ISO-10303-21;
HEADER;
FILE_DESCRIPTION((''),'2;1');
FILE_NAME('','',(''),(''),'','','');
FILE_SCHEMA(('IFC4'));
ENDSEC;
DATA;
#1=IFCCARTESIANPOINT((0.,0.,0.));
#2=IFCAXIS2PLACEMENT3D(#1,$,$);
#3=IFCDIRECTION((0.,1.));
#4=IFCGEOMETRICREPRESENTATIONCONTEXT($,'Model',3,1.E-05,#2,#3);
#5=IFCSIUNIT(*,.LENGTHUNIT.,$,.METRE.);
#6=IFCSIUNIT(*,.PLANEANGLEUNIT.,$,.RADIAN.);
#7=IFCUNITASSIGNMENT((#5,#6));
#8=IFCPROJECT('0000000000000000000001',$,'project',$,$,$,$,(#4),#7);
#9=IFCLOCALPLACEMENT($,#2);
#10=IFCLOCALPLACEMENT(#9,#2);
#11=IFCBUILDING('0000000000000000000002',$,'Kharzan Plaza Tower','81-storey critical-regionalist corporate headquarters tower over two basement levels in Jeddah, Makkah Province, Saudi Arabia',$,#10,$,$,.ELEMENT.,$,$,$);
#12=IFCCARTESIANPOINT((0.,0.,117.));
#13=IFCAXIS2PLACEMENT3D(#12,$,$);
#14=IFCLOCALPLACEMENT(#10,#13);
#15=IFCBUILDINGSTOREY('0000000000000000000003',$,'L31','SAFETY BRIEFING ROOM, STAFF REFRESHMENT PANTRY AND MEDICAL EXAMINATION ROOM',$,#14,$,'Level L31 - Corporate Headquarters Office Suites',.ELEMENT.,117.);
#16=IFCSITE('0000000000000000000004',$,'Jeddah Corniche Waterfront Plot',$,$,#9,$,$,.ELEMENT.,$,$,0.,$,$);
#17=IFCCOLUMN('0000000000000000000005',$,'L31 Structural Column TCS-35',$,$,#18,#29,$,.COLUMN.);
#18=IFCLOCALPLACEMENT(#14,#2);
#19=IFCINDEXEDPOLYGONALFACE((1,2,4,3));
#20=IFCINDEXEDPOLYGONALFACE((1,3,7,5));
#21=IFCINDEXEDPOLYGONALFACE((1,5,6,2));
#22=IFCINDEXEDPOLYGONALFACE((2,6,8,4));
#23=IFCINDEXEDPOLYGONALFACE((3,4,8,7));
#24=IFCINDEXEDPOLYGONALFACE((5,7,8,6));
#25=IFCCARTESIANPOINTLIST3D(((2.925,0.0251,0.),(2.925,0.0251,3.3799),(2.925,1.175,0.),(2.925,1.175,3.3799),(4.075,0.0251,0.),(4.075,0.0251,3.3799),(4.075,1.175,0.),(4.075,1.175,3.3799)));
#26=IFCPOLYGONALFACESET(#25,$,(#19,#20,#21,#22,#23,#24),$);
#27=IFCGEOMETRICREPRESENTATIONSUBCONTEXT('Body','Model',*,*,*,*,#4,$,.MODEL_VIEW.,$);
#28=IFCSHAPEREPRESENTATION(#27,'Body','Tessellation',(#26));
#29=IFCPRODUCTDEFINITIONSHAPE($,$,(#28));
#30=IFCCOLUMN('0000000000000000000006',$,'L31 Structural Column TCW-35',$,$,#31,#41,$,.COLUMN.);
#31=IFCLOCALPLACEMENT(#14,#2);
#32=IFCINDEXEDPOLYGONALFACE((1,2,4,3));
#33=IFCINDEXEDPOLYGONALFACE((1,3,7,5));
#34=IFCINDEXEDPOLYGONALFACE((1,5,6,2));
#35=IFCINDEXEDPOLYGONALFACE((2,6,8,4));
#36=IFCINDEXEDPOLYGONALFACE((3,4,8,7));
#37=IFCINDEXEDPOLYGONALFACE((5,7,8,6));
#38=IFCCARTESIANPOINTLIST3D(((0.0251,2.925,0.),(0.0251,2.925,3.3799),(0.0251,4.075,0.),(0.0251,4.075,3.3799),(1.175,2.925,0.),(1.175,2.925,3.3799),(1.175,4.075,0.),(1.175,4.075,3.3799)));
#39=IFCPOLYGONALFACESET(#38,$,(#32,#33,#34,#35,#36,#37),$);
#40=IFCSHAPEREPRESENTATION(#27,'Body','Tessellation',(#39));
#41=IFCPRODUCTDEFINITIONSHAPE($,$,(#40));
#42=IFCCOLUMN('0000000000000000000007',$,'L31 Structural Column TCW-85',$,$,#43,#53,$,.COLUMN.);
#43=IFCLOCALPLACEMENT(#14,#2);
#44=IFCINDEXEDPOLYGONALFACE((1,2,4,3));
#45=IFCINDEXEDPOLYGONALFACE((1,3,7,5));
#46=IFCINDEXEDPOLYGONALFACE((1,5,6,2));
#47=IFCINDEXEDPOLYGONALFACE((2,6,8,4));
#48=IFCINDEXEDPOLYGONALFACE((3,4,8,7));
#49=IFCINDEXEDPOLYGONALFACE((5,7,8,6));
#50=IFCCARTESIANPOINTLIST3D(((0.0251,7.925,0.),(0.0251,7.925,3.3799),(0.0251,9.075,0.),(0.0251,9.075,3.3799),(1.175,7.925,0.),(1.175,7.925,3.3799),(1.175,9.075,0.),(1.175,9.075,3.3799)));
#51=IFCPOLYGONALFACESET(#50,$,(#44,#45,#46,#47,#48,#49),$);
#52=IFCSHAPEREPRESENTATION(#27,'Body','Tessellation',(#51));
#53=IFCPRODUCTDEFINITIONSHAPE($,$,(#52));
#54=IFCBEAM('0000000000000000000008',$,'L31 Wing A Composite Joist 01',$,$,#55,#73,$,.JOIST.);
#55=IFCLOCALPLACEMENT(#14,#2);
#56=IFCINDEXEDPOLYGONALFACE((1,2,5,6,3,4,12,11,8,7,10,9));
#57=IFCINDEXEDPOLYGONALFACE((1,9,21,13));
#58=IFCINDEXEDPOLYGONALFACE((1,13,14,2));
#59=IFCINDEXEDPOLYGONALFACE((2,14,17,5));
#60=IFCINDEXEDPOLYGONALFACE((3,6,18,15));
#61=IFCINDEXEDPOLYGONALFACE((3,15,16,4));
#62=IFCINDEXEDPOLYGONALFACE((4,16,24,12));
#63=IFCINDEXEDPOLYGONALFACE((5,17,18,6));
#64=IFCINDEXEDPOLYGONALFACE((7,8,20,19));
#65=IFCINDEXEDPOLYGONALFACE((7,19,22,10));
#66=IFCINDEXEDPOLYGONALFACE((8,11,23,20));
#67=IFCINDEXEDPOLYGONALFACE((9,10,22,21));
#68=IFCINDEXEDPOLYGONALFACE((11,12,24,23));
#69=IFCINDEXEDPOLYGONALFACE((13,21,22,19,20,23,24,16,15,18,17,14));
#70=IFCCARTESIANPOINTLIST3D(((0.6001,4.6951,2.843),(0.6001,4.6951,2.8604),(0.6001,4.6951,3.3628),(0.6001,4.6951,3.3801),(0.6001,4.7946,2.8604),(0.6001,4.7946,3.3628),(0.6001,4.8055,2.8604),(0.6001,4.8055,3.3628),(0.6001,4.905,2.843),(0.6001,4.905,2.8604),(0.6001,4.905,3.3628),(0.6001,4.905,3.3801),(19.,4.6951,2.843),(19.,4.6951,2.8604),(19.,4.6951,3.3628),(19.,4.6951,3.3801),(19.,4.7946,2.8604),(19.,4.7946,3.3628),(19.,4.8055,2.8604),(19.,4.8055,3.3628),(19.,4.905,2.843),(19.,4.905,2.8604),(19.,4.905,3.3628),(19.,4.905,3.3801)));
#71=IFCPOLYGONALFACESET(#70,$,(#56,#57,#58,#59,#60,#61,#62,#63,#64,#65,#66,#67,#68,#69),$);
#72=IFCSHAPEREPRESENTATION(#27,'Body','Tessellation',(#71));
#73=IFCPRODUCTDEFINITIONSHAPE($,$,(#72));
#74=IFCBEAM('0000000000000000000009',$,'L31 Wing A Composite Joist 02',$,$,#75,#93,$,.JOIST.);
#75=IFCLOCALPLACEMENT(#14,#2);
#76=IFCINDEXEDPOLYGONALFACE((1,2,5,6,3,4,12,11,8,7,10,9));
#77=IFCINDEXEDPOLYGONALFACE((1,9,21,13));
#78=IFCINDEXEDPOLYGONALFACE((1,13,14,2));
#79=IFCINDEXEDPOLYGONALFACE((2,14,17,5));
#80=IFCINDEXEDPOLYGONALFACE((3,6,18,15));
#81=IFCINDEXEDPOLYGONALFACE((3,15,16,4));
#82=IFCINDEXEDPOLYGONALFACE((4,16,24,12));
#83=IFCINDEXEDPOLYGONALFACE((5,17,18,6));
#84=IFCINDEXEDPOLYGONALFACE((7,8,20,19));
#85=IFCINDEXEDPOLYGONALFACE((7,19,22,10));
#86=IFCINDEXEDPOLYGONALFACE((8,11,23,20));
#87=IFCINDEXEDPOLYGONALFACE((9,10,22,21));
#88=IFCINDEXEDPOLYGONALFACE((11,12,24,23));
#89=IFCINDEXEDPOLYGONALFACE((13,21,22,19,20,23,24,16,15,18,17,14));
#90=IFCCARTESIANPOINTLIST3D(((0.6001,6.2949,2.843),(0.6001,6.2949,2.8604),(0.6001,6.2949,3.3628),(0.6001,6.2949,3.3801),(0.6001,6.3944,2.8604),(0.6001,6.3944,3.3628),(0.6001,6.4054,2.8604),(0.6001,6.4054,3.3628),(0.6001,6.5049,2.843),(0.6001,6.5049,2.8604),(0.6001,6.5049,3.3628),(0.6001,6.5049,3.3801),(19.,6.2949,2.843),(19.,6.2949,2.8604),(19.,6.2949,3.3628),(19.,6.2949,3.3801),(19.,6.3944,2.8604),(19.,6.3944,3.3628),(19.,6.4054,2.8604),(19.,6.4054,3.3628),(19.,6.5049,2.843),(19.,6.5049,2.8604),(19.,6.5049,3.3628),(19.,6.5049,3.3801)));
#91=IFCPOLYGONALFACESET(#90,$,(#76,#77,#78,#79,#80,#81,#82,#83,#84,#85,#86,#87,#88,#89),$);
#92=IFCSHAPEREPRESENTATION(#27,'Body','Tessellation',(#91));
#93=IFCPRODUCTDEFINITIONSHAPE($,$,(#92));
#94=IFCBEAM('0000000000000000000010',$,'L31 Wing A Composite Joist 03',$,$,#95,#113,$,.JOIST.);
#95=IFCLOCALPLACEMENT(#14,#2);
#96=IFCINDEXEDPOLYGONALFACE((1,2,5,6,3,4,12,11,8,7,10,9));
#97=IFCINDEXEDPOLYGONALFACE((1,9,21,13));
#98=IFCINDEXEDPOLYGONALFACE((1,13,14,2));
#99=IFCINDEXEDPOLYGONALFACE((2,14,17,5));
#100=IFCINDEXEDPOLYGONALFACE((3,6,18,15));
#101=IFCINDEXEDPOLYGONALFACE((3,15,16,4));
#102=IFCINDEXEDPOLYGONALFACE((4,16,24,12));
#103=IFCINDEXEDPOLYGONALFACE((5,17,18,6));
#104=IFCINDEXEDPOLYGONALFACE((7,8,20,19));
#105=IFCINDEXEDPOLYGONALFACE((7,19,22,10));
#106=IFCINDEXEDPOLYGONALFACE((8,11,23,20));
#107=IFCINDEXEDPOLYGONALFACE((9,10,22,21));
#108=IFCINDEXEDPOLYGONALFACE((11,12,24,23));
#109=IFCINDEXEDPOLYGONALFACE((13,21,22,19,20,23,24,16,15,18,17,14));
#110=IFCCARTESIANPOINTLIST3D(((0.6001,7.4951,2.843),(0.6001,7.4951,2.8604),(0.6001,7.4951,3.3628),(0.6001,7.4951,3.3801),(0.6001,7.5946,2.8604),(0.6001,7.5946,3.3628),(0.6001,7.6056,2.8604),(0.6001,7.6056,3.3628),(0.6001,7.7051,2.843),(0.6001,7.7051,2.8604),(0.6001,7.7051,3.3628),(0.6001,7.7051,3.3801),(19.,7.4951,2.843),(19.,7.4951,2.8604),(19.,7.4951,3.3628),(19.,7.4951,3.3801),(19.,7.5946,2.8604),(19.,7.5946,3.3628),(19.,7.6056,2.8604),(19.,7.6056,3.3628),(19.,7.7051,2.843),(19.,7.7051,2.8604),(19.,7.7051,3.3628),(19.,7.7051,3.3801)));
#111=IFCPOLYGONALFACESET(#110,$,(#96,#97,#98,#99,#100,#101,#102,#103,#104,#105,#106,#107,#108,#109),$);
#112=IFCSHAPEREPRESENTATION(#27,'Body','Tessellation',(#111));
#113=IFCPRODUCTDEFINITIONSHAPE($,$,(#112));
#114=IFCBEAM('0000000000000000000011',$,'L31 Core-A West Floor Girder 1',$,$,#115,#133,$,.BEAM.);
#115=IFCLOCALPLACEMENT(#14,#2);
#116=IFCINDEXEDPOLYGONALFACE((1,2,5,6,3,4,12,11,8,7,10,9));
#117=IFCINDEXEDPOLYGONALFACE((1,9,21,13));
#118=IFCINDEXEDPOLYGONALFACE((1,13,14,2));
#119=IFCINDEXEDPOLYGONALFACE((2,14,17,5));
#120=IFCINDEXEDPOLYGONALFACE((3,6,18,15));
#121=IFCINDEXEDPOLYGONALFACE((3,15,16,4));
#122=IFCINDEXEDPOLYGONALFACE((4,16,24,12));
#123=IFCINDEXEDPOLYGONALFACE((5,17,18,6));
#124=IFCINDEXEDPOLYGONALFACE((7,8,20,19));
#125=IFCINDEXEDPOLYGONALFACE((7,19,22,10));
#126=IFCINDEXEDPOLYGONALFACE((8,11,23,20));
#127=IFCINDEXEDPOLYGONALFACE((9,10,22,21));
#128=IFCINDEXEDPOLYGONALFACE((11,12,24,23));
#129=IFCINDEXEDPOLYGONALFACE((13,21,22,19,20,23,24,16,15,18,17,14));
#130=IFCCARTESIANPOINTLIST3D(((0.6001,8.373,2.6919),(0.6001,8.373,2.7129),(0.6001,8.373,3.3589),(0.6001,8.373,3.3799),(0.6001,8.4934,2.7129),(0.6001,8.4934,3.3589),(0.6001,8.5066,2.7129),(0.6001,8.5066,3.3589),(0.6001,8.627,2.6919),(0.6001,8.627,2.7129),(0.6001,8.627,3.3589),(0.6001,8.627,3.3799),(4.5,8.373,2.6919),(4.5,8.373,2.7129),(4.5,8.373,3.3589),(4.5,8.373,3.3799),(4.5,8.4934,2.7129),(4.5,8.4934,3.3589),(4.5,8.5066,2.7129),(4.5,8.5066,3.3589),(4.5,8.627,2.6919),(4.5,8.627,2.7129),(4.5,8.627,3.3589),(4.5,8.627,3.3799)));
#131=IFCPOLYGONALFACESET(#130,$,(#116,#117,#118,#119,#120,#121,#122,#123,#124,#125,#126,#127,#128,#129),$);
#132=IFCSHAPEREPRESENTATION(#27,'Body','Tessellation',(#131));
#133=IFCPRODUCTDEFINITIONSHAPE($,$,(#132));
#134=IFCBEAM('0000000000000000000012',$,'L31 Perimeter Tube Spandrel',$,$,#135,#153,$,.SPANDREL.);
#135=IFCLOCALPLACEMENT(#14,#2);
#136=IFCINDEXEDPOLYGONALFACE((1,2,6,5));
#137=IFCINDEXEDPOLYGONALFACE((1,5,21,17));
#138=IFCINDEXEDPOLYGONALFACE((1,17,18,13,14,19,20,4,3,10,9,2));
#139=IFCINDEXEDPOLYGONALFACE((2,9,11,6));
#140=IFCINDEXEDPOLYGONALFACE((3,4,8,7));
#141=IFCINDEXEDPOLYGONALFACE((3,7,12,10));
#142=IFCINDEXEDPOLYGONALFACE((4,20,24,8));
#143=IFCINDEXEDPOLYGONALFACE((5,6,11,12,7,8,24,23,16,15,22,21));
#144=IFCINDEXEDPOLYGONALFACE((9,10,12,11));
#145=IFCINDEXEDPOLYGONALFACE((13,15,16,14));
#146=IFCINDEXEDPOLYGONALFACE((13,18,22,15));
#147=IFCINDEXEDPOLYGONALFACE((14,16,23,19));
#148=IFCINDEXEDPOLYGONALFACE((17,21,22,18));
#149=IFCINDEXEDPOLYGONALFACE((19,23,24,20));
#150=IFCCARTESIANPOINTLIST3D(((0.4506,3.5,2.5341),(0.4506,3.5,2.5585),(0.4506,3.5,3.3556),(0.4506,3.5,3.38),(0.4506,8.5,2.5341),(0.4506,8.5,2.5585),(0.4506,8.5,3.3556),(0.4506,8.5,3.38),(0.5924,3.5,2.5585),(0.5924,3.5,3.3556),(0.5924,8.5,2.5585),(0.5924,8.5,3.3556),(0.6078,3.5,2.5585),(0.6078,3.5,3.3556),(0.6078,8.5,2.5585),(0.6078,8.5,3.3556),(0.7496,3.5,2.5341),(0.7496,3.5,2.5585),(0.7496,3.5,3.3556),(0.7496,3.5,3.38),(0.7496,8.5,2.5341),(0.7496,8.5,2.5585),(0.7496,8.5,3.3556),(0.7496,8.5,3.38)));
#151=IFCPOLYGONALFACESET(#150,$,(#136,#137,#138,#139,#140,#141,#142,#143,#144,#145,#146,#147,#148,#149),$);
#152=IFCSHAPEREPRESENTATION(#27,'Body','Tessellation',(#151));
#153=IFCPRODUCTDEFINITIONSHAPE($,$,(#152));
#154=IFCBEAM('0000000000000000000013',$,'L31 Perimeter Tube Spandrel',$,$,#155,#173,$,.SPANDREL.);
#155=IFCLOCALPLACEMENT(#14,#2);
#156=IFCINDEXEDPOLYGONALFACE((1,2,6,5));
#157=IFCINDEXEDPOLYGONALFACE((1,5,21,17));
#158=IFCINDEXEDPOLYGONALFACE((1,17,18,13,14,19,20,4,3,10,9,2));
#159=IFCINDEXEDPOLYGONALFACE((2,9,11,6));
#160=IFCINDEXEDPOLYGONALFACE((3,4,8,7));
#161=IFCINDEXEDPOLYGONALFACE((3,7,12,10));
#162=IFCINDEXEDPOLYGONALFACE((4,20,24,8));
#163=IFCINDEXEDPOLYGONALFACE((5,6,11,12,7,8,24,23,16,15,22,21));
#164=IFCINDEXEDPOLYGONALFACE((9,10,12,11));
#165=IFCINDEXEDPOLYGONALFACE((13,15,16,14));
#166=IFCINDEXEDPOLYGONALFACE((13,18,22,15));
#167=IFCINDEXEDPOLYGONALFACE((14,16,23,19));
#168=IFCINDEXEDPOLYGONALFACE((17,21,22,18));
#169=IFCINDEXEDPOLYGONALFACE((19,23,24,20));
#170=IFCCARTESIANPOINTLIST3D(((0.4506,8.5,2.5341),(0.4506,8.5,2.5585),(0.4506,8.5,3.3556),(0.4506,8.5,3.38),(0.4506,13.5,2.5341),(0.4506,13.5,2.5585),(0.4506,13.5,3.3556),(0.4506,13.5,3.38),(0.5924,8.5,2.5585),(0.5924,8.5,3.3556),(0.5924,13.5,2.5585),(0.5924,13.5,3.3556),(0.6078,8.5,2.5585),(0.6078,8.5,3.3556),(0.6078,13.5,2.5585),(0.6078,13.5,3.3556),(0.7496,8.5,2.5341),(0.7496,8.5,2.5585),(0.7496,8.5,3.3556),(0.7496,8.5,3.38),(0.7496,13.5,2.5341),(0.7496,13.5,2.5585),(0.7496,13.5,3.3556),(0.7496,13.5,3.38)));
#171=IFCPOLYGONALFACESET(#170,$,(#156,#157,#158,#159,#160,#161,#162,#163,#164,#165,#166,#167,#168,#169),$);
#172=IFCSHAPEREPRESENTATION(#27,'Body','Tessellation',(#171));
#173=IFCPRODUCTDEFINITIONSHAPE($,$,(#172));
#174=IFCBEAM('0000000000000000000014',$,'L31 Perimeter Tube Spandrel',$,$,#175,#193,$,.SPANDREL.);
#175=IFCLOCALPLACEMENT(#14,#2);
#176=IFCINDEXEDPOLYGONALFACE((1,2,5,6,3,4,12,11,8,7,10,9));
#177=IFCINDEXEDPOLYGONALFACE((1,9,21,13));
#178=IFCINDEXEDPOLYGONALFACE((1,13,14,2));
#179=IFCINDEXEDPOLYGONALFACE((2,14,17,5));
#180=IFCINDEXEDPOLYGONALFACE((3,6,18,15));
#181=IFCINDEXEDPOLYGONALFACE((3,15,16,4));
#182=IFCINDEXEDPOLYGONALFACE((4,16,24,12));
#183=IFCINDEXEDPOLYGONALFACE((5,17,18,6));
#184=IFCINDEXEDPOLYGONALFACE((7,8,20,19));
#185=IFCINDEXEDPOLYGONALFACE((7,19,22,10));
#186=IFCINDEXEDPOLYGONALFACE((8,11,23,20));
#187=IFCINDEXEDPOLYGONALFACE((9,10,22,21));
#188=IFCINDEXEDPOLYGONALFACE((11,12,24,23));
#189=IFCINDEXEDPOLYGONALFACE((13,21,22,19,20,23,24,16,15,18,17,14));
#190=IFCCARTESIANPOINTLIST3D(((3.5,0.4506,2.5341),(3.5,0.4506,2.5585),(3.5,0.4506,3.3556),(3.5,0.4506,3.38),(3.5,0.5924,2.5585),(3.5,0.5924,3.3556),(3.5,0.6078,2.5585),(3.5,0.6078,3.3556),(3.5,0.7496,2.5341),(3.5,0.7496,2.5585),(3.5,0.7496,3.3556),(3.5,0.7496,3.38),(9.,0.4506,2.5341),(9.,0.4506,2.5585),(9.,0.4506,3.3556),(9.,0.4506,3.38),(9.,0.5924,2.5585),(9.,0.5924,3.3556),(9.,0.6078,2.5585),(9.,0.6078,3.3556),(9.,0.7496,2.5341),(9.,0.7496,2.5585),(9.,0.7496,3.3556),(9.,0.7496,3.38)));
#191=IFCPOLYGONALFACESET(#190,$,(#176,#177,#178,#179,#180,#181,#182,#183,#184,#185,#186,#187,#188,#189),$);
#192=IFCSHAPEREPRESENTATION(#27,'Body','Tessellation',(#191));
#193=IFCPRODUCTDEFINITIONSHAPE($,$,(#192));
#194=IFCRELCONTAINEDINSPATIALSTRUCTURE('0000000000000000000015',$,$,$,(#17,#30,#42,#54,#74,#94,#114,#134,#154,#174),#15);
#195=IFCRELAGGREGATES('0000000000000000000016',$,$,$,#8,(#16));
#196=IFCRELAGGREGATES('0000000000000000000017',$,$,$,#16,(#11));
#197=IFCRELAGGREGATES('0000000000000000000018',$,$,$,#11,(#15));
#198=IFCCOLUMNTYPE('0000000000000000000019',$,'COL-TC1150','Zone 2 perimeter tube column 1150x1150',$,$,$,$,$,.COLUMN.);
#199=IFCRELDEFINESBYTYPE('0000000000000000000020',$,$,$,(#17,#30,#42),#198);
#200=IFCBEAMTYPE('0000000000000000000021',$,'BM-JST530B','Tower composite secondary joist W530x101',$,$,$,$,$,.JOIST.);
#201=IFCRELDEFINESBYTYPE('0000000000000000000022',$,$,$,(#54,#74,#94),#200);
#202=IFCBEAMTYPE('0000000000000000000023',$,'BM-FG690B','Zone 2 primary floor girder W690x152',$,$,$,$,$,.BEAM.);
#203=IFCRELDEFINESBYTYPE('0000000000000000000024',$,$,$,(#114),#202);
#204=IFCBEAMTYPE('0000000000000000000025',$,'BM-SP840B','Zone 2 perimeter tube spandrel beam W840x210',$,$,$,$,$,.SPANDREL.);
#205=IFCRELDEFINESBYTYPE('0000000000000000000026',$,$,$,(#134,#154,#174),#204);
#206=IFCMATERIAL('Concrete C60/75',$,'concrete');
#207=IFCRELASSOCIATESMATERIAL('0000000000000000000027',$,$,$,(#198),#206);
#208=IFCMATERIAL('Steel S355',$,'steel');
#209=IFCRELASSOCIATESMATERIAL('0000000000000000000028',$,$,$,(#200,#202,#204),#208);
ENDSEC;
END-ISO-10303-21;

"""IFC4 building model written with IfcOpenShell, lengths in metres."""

from ifc_helpers import new_model, si_unit, direction, frame, origin, origin_2d, place, context, subcontext, project, spatial, rectangle, i_section, extrude, source, transform, mapped, material, material_profile, profile_set, type_object, element, save


model = new_model("IFC4")

# Units and contexts
model_context = context("Model", 3, precision=1e-05, world=origin(), true_north=direction((0.0, 1.0)))
body_context = subcontext(model_context, "Body", "Model", "MODEL_VIEW")
ifc_project = project(units=[si_unit("LENGTHUNIT", "METRE"), si_unit("PLANEANGLEUNIT", "RADIAN")], contexts=[model_context])

# Site, building, storey
site_placement = place(None, origin())
site = spatial("IfcSite", under=ifc_project, at=site_placement, Name="Jeddah Corniche Waterfront Plot", CompositionType="ELEMENT", RefElevation=0.0)
building_placement = place(site_placement, origin())
building = spatial("IfcBuilding", under=site, at=building_placement, Name="Kharzan Plaza Tower", Description="81-storey critical-regionalist corporate headquarters tower over two basement levels in Jeddah, Makkah Province, Saudi Arabia", CompositionType="ELEMENT")
storey_placement = place(building_placement, frame((0.0, 0.0, 117.0)))
storey = spatial("IfcBuildingStorey", under=building, at=storey_placement, Name="L31", Description="SAFETY BRIEFING ROOM, STAFF REFRESHMENT PANTRY AND MEDICAL EXAMINATION ROOM", LongName="Level L31 - Corporate Headquarters Office Suites", CompositionType="ELEMENT", Elevation=117.0)

# Columns
ifc_material_1 = material(Name="Concrete C60/75", Category="concrete")
ifc_material_profile_1 = material_profile(ifc_material_1, rectangle(XDim=1.1499, YDim=1.1499, at=origin_2d()), Name="RC-TC1150x1150")
ifc_profile_set_1 = profile_set([ifc_material_profile_1], Name="Concrete C60/75")
column_type = type_object("IfcColumnType", Name="COL-TC1150", Description="Zone 2 perimeter tube column 1150x1150", PredefinedType="COLUMN", material=ifc_profile_set_1)
shared_shape_1 = source(origin(), body_context, "Body", "SweptSolid", [
    extrude(rectangle(XDim=1.1499, YDim=1.1499, at=origin_2d()), origin(), (0.0, 0.0, 1.0), 3.3799),
])
for number, where, z_axis, x_axis, name in (
    (1, (3.5, 0.6001, 0.0), (0.0, 0.0, 1.0), (1.0, 0.0, 0.0), "L31 Structural Column TCS-35"),
    (2, (0.6001, 3.5, 0.0), (0.0, 0.0, 1.0), (1.0, 0.0, 0.0), "L31 Structural Column TCW-35"),
    (3, (0.6001, 8.5, 0.0), (0.0, 0.0, 1.0), (1.0, 0.0, 0.0), "L31 Structural Column TCW-85"),
):
    element("IfcColumn", number, at=place(storey_placement, frame(where, z_axis=z_axis, x_axis=x_axis)), inside=storey, type_object=column_type, Name=name, PredefinedType="COLUMN", context=body_context, shape_type="MappedRepresentation", body=[
        mapped(shared_shape_1, transform((0.0, 0.0, 0.0), x_axis=(1.0, 0.0, 0.0), y_axis=(0.0, 1.0, 0.0), z_axis=(0.0, 0.0, 1.0))),
    ])

# Beams
ifc_material_2 = material(Name="Steel S355", Category="steel")
ifc_material_profile_2 = material_profile(ifc_material_2, i_section(OverallWidth=0.21, OverallDepth=0.5371, WebThickness=0.011, FlangeThickness=0.0173, at=origin_2d()), Name="W530x101")
ifc_profile_set_2 = profile_set([ifc_material_profile_2], Name="Steel S355")
beam_type_1 = type_object("IfcBeamType", Name="BM-JST530B", Description="Tower composite secondary joist W530x101", PredefinedType="JOIST", material=ifc_profile_set_2)
shared_shape_2 = source(origin(), body_context, "Body", "SweptSolid", [
    extrude(i_section(OverallWidth=0.21, OverallDepth=0.5371, WebThickness=0.011, FlangeThickness=0.0173, at=origin_2d()), origin(), (0.0, 0.0, 1.0), 18.3999),
])
for number, where, z_axis, x_axis, name in (
    (4, (0.6001, 4.8, 3.1116), (1.0, 0.0, 0.0), (0.0, 1.0, 0.0), "L31 Wing A Composite Joist 01"),
    (5, (0.6001, 6.3999, 3.1116), (1.0, 0.0, 0.0), (0.0, 1.0, 0.0), "L31 Wing A Composite Joist 02"),
    (6, (0.6001, 7.6001, 3.1116), (1.0, 0.0, 0.0), (0.0, 1.0, 0.0), "L31 Wing A Composite Joist 03"),
):
    element("IfcBeam", number, at=place(storey_placement, frame(where, z_axis=z_axis, x_axis=x_axis)), inside=storey, type_object=beam_type_1, Name=name, PredefinedType="JOIST", context=body_context, shape_type="MappedRepresentation", body=[
        mapped(shared_shape_2, transform((0.0, 0.0, 0.0), x_axis=(1.0, 0.0, 0.0), y_axis=(0.0, 1.0, 0.0), z_axis=(0.0, 0.0, 1.0))),
    ])
ifc_material_profile_3 = material_profile(ifc_material_2, i_section(OverallWidth=0.2539, OverallDepth=0.688, WebThickness=0.0132, FlangeThickness=0.021, at=origin_2d()), Name="W690x152")
ifc_profile_set_3 = profile_set([ifc_material_profile_3], Name="Steel S355")
beam_type_2 = type_object("IfcBeamType", Name="BM-FG690B", Description="Zone 2 primary floor girder W690x152", PredefinedType="BEAM", material=ifc_profile_set_3)
shared_shape_3 = source(origin(), body_context, "Body", "SweptSolid", [
    extrude(i_section(OverallWidth=0.2539, OverallDepth=0.688, WebThickness=0.0132, FlangeThickness=0.021, at=origin_2d()), origin(), (0.0, 0.0, 1.0), 3.8999),
])
beam_1_placement = place(storey_placement, frame((0.6001, 8.5, 3.0359), z_axis=(1.0, 0.0, 0.0), x_axis=(0.0, 1.0, 0.0)))
element("IfcBeam", 7, at=beam_1_placement, inside=storey, type_object=beam_type_2, Name="L31 Core-A West Floor Girder 1", PredefinedType="BEAM", context=body_context, shape_type="MappedRepresentation", body=[
    mapped(shared_shape_3, transform((0.0, 0.0, 0.0), x_axis=(1.0, 0.0, 0.0), y_axis=(0.0, 1.0, 0.0), z_axis=(0.0, 0.0, 1.0))),
])
ifc_material_profile_4 = material_profile(ifc_material_2, i_section(OverallWidth=0.2991, OverallDepth=0.8459, WebThickness=0.0154, FlangeThickness=0.0244, at=origin_2d()), Name="W840x210")
ifc_profile_set_4 = profile_set([ifc_material_profile_4], Name="Steel S355")
beam_type_3 = type_object("IfcBeamType", Name="BM-SP840B", Description="Zone 2 perimeter tube spandrel beam W840x210", PredefinedType="SPANDREL", material=ifc_profile_set_4)
shared_shape_4 = source(origin(), body_context, "Body", "SweptSolid", [
    extrude(i_section(OverallWidth=0.2991, OverallDepth=0.8459, WebThickness=0.0154, FlangeThickness=0.0244, at=origin_2d()), origin(), (0.0, 0.0, 1.0), 5.0),
])
for number, where, z_axis, x_axis, name in (
    (8, (0.6001, 3.5, 2.957), (0.0, 1.0, 0.0), (-1.0, 0.0, 0.0), "L31 Perimeter Tube Spandrel"),
    (9, (0.6001, 8.5, 2.957), (0.0, 1.0, 0.0), (-1.0, 0.0, 0.0), "L31 Perimeter Tube Spandrel"),
):
    element("IfcBeam", number, at=place(storey_placement, frame(where, z_axis=z_axis, x_axis=x_axis)), inside=storey, type_object=beam_type_3, Name=name, PredefinedType="SPANDREL", context=body_context, shape_type="MappedRepresentation", body=[
        mapped(shared_shape_4, transform((0.0, 0.0, 0.0), x_axis=(1.0, 0.0, 0.0), y_axis=(0.0, 1.0, 0.0), z_axis=(0.0, 0.0, 1.0))),
    ])
shared_shape_5 = source(origin(), body_context, "Body", "SweptSolid", [
    extrude(i_section(OverallWidth=0.2991, OverallDepth=0.8459, WebThickness=0.0154, FlangeThickness=0.0244, at=origin_2d()), origin(), (0.0, 0.0, 1.0), 5.5),
])
beam_2_placement = place(storey_placement, frame((3.5, 0.6001, 2.957), z_axis=(1.0, 0.0, 0.0), x_axis=(0.0, 1.0, 0.0)))
element("IfcBeam", 10, at=beam_2_placement, inside=storey, type_object=beam_type_3, Name="L31 Perimeter Tube Spandrel", PredefinedType="SPANDREL", context=body_context, shape_type="MappedRepresentation", body=[
    mapped(shared_shape_5, transform((0.0, 0.0, 0.0), x_axis=(1.0, 0.0, 0.0), y_axis=(0.0, 1.0, 0.0), z_axis=(0.0, 0.0, 1.0))),
])

save(model, "model.ifc")
